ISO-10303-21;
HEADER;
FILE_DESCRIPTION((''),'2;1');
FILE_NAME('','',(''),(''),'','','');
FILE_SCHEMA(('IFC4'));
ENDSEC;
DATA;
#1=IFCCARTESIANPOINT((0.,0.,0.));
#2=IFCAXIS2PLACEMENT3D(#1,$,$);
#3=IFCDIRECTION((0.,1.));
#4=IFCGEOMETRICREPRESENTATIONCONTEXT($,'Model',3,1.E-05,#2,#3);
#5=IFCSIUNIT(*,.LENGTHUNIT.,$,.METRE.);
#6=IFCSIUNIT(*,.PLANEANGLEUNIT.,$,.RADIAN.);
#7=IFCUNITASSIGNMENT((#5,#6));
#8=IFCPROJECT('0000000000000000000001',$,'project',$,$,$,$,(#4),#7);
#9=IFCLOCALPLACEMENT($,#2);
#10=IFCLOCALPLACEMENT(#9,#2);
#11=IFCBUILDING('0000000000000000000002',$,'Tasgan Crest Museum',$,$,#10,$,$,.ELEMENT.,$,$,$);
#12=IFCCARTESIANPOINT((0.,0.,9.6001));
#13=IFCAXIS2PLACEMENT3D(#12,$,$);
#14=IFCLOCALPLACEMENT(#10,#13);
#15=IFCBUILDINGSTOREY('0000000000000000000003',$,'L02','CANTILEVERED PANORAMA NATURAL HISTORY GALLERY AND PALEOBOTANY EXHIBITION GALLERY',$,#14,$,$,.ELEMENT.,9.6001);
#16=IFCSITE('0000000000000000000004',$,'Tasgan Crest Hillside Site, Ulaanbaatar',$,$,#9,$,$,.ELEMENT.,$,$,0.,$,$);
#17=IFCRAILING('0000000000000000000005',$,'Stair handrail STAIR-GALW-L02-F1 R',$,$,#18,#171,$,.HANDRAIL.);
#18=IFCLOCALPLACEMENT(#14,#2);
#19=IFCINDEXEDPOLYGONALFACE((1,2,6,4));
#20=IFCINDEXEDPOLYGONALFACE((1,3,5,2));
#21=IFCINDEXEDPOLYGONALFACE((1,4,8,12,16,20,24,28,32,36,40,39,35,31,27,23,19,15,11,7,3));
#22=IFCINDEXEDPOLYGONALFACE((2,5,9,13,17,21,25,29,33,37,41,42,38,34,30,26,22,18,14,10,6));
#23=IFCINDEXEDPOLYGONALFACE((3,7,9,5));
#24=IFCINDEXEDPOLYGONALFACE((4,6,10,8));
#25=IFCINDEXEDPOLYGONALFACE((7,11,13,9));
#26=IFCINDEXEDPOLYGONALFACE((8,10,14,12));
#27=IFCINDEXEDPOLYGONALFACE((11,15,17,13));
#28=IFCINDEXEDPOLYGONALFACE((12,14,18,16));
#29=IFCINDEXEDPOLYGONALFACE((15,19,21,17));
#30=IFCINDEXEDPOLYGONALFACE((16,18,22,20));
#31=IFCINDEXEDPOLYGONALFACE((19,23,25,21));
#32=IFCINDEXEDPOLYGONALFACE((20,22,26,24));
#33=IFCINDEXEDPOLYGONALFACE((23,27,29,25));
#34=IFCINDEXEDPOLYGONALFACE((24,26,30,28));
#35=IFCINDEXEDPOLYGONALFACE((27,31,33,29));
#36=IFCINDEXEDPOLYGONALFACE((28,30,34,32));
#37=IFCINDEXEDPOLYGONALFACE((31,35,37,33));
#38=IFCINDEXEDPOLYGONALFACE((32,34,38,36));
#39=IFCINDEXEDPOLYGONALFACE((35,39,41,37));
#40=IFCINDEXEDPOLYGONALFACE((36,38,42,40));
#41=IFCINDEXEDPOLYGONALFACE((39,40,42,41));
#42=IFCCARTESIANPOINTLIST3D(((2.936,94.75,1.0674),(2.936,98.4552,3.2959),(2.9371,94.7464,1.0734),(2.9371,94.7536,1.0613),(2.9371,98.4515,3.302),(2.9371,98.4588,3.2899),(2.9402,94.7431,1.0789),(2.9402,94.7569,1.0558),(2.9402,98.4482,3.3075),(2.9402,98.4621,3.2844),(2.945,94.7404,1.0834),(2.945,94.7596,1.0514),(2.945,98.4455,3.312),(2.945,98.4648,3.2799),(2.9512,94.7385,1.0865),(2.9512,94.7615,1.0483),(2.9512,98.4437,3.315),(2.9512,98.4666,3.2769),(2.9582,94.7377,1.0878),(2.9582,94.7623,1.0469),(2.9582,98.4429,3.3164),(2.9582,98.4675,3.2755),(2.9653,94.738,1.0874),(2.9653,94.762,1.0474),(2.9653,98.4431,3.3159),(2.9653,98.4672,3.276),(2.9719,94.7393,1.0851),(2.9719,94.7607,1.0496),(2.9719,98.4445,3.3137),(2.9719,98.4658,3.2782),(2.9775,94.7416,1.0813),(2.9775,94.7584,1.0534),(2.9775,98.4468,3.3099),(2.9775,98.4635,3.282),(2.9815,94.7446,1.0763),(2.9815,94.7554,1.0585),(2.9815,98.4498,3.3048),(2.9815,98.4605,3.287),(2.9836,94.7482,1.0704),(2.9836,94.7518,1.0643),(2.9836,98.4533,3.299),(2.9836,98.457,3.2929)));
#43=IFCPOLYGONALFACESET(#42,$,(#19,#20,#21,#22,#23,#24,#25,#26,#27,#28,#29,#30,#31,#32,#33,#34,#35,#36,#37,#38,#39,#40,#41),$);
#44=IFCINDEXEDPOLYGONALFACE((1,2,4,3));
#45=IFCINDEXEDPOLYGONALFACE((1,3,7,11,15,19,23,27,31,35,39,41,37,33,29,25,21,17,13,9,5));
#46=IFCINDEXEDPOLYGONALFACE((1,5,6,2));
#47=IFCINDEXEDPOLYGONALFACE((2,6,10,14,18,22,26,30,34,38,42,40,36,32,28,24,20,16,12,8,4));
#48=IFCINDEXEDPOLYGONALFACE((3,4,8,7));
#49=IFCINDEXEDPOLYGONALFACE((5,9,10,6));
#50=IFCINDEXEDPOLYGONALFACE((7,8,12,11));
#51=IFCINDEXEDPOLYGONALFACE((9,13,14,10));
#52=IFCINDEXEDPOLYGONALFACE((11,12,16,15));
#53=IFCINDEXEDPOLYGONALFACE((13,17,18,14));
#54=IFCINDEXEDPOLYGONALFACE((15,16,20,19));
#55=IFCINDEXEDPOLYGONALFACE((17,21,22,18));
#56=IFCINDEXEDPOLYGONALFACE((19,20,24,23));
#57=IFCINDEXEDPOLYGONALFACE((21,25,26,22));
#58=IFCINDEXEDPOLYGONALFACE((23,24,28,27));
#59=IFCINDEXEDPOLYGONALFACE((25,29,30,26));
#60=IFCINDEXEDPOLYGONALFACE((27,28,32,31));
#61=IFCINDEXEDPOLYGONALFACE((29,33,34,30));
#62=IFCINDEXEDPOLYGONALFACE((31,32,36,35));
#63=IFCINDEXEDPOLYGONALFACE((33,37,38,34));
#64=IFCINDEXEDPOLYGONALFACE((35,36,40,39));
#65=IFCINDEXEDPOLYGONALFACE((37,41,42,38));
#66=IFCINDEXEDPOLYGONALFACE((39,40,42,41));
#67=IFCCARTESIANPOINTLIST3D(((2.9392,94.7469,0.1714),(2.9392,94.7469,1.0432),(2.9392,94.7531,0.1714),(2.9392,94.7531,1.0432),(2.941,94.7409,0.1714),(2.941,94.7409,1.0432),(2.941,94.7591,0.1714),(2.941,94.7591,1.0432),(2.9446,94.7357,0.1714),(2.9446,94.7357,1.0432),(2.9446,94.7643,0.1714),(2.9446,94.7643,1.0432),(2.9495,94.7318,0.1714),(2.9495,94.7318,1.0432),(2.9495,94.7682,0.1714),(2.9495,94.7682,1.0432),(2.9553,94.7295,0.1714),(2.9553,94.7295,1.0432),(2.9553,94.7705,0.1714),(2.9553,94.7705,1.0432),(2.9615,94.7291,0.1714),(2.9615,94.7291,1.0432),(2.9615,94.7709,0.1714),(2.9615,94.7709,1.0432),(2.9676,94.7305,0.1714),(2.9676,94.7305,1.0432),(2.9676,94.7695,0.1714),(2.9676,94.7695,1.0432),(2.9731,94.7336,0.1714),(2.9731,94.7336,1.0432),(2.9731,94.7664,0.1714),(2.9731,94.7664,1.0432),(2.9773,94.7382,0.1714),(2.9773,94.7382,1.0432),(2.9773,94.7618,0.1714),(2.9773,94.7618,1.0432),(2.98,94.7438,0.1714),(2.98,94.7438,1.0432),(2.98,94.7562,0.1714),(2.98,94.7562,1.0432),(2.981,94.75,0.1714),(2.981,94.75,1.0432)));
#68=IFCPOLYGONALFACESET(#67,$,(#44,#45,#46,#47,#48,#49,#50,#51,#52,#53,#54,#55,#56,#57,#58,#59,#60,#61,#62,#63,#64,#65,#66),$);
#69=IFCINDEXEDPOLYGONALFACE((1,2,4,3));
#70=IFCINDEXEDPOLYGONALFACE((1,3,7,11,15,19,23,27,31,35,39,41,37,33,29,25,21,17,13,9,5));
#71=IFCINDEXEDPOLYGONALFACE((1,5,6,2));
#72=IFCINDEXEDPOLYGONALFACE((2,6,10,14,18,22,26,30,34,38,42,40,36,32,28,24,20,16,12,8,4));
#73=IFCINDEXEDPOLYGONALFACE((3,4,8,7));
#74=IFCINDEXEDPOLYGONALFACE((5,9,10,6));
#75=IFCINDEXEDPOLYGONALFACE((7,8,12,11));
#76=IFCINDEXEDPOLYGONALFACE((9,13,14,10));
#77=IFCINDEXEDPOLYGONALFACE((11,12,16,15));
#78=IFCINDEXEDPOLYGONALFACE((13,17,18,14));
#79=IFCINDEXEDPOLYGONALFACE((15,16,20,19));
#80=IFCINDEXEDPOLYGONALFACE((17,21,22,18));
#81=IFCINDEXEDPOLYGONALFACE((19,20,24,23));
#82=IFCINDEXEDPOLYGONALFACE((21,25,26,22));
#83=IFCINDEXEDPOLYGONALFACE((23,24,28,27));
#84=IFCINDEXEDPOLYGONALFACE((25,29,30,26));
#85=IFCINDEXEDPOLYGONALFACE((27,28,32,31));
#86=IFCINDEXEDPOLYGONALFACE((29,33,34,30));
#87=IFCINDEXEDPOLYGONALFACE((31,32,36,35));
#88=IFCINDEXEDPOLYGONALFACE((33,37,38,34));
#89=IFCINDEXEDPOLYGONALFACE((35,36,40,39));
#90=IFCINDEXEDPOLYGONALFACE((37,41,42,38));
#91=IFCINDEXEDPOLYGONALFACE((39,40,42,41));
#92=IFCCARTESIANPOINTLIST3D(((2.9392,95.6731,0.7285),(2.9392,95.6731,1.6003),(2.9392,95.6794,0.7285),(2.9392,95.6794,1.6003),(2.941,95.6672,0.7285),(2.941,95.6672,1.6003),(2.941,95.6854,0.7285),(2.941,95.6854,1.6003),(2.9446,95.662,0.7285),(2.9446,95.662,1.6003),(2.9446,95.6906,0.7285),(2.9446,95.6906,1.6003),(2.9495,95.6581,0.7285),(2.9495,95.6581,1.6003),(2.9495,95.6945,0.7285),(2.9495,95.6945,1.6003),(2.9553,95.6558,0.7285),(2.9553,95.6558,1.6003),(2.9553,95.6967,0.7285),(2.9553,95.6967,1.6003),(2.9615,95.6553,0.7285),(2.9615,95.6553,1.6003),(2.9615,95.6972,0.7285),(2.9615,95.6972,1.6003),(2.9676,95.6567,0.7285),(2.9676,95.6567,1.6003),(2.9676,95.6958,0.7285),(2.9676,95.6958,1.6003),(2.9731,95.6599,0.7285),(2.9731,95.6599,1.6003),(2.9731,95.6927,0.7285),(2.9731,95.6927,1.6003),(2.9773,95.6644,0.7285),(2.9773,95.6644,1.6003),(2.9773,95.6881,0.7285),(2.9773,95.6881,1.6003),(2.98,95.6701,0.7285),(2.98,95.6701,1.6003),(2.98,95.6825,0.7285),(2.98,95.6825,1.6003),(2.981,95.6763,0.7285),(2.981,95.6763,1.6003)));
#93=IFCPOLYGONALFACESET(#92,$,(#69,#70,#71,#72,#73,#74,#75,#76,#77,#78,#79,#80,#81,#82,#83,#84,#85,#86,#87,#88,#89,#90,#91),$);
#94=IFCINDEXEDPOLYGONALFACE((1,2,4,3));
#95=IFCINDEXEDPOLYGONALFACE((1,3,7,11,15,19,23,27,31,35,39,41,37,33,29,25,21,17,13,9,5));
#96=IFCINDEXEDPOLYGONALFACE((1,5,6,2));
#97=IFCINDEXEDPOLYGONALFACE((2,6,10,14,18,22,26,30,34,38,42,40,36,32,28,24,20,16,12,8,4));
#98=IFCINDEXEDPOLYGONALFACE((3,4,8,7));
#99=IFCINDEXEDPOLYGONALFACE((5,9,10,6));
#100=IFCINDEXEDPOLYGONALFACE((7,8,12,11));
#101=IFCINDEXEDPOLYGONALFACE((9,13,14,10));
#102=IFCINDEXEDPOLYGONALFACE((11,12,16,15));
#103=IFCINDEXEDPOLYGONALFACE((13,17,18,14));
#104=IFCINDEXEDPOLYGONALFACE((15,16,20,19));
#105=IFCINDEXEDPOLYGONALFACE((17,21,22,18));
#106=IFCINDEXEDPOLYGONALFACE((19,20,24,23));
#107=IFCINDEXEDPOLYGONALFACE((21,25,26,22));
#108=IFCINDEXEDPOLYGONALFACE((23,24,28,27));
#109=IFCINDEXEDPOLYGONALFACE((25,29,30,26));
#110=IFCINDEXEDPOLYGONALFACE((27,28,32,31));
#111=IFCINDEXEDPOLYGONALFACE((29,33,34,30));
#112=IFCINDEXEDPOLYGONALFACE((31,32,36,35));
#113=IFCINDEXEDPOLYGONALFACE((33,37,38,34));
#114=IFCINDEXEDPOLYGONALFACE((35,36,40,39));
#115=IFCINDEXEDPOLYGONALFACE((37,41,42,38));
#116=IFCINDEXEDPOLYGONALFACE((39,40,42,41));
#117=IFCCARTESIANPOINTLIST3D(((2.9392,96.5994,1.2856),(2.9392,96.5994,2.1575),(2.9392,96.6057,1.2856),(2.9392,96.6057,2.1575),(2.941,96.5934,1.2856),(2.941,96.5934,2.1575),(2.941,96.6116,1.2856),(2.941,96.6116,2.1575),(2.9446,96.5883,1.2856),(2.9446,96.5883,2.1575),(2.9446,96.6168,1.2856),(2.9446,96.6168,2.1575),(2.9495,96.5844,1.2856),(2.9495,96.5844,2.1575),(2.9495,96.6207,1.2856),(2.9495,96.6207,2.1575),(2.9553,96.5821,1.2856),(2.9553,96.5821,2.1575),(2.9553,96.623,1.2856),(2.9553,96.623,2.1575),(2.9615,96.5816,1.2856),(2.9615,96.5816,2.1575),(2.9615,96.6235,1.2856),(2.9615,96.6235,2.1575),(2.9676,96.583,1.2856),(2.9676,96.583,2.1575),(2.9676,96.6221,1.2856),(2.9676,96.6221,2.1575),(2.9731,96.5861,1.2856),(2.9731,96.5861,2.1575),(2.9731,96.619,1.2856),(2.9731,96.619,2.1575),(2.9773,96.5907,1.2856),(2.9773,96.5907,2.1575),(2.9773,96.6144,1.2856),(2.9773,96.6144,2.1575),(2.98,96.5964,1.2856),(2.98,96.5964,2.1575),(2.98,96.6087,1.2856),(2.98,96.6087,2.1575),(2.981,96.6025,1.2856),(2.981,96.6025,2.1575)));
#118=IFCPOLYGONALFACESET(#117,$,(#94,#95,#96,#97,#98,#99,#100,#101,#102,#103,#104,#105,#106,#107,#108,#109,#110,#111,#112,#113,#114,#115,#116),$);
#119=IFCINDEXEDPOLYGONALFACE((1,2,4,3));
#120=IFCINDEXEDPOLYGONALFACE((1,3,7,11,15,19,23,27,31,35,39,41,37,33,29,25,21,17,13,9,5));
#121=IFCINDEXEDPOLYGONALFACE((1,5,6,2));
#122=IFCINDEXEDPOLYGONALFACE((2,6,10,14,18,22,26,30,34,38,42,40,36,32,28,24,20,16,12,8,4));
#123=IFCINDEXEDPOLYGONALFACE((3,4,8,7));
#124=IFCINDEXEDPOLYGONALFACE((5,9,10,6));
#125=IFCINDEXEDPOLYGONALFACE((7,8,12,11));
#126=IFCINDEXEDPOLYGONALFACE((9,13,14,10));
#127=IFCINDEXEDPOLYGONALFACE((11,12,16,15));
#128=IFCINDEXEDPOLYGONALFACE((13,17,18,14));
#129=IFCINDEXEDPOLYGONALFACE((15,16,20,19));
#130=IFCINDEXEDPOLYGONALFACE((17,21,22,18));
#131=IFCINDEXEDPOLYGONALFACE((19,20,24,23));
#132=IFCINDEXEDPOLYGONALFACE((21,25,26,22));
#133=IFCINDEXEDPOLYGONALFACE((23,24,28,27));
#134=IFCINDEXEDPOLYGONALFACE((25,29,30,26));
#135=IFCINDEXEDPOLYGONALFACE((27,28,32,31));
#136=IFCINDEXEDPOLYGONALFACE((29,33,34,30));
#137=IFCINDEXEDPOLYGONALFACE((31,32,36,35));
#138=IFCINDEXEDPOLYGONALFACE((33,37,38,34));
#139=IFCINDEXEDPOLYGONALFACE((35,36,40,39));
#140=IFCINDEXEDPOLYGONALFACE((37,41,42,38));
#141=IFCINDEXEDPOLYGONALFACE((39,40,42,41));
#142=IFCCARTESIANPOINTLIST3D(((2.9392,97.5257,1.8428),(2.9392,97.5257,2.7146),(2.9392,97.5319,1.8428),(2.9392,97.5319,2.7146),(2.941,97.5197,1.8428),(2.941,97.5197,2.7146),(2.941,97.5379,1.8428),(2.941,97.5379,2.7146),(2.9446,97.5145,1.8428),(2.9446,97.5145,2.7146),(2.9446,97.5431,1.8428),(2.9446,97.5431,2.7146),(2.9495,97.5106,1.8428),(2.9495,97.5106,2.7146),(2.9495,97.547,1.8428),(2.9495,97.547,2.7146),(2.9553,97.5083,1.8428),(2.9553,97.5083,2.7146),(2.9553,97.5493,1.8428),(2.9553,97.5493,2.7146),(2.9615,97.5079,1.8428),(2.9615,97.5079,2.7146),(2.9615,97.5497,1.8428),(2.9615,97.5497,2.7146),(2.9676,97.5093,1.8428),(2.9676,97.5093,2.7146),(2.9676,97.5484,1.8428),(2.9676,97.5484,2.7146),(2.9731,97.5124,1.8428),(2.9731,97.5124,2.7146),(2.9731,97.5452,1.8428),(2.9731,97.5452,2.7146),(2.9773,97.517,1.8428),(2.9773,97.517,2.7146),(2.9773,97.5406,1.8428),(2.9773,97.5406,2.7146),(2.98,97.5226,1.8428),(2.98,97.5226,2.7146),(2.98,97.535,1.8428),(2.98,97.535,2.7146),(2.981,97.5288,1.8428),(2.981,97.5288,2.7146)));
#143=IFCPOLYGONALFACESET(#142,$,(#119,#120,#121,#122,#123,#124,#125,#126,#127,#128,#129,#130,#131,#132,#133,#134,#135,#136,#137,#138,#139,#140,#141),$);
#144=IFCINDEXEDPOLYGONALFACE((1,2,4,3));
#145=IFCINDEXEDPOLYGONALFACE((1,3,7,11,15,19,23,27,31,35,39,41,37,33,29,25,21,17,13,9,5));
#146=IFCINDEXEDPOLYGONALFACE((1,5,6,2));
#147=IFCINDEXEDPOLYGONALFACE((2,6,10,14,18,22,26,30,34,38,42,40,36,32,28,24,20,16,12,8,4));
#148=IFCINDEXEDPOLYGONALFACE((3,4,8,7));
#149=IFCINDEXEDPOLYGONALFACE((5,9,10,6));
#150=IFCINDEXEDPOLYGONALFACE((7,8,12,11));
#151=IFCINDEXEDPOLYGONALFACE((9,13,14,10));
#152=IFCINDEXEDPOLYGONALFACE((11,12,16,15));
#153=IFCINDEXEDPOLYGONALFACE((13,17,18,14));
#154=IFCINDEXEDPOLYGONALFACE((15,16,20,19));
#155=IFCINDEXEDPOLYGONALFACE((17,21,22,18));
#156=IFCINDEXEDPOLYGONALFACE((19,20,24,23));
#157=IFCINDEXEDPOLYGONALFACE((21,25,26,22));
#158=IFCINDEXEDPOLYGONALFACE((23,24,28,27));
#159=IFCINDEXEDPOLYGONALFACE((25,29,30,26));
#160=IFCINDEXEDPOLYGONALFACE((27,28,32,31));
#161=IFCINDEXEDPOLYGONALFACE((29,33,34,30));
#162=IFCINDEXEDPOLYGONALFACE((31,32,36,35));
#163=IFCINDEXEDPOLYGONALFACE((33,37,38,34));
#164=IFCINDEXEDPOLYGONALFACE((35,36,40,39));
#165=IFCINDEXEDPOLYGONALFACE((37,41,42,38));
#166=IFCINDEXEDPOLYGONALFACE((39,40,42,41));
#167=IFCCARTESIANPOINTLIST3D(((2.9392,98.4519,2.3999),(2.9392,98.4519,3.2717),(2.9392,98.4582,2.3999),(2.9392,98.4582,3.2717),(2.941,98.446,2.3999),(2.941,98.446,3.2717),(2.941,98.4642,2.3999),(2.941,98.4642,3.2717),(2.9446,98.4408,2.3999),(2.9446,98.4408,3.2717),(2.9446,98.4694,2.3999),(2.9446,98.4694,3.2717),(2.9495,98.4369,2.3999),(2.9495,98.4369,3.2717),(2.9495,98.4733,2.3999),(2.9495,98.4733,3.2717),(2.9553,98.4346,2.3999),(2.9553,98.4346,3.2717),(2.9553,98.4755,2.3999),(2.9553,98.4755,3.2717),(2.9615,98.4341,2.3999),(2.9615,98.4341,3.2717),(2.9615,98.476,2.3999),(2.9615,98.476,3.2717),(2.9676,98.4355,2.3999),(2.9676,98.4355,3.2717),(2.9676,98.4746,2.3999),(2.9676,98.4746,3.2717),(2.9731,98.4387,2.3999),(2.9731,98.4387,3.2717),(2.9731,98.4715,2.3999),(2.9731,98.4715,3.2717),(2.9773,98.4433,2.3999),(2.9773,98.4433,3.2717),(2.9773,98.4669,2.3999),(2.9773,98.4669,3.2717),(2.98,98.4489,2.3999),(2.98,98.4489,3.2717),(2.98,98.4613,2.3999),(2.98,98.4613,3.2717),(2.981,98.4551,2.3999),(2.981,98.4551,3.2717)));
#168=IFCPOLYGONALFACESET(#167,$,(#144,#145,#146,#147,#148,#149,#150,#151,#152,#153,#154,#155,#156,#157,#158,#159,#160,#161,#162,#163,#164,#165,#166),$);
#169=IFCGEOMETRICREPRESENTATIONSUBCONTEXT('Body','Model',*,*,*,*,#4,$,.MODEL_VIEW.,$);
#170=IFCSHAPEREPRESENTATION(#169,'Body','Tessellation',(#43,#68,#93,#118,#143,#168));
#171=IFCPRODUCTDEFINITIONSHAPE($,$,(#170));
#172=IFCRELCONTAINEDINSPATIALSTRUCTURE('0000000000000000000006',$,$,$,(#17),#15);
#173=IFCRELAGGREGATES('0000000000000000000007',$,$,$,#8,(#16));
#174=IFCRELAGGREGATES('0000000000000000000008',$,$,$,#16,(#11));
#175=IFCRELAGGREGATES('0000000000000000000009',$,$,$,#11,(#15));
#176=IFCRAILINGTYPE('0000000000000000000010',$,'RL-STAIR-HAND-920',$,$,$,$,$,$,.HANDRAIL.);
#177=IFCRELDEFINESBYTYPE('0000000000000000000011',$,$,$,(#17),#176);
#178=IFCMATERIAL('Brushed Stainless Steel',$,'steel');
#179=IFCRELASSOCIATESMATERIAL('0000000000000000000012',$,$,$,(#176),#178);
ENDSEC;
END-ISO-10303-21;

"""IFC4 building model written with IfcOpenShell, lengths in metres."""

from ifc_helpers import new_model, si_unit, direction, frame, origin, origin_2d, place, context, subcontext, project, spatial, circle, extrude, material, type_object, element, save


model = new_model("IFC4")

# Units and contexts
model_context = context("Model", 3, precision=1e-05, world=origin(), true_north=direction((0.0, 1.0)))
body_context = subcontext(model_context, "Body", "Model", "MODEL_VIEW")
ifc_project = project(units=[si_unit("LENGTHUNIT", "METRE"), si_unit("PLANEANGLEUNIT", "RADIAN")], contexts=[model_context])

# Site, building, storey
site_placement = place(None, origin())
site = spatial("IfcSite", under=ifc_project, at=site_placement, Name="Tasgan Crest Hillside Site, Ulaanbaatar", CompositionType="ELEMENT", RefElevation=0.0)
building_placement = place(site_placement, origin())
building = spatial("IfcBuilding", under=site, at=building_placement, Name="Tasgan Crest Museum", CompositionType="ELEMENT")
storey_placement = place(building_placement, frame((0.0, 0.0, 9.6001)))
storey = spatial("IfcBuildingStorey", under=building, at=storey_placement, Name="L02", Description="CANTILEVERED PANORAMA NATURAL HISTORY GALLERY AND PALEOBOTANY EXHIBITION GALLERY", CompositionType="ELEMENT", Elevation=9.6001)

# Railing
ifc_material_1 = material(Name="Brushed Stainless Steel", Category="steel")
railing_type_1 = type_object("IfcRailingType", Name="RL-STAIR-HAND-920", PredefinedType="HANDRAIL", material=ifc_material_1)
railing_1_placement = place(storey_placement, frame((2.96, 94.75, 0.1714)))
element("IfcRailing", 1, at=railing_1_placement, inside=storey, type_object=railing_type_1, Name="Stair handrail STAIR-GALW-L02-F1 R", PredefinedType="HANDRAIL", context=body_context, shape_type="SweptSolid", body=[
    extrude(circle(Radius=0.0239, at=origin_2d()), frame((0.0, 0.0, 0.896), z_axis=(0.0, 0.856934, 0.515425), x_axis=(-1.0, 0.0, 0.0)), (0.0, 0.0, 1.0), 4.3237),
    extrude(circle(Radius=0.021, at=origin_2d()), origin(), (0.0, 0.0, 1.0), 0.8718),
    extrude(circle(Radius=0.021, at=origin_2d()), frame((0.0, 0.9263, 0.5571)), (0.0, 0.0, 1.0), 0.8718),
    extrude(circle(Radius=0.021, at=origin_2d()), frame((0.0, 1.8525, 1.1143)), (0.0, 0.0, 1.0), 0.8718),
    extrude(circle(Radius=0.021, at=origin_2d()), frame((0.0, 2.7788, 1.6714)), (0.0, 0.0, 1.0), 0.8718),
    extrude(circle(Radius=0.021, at=origin_2d()), frame((0.0, 3.7051, 2.2285)), (0.0, 0.0, 1.0), 0.8718),
])

save(model, "model.ifc")
